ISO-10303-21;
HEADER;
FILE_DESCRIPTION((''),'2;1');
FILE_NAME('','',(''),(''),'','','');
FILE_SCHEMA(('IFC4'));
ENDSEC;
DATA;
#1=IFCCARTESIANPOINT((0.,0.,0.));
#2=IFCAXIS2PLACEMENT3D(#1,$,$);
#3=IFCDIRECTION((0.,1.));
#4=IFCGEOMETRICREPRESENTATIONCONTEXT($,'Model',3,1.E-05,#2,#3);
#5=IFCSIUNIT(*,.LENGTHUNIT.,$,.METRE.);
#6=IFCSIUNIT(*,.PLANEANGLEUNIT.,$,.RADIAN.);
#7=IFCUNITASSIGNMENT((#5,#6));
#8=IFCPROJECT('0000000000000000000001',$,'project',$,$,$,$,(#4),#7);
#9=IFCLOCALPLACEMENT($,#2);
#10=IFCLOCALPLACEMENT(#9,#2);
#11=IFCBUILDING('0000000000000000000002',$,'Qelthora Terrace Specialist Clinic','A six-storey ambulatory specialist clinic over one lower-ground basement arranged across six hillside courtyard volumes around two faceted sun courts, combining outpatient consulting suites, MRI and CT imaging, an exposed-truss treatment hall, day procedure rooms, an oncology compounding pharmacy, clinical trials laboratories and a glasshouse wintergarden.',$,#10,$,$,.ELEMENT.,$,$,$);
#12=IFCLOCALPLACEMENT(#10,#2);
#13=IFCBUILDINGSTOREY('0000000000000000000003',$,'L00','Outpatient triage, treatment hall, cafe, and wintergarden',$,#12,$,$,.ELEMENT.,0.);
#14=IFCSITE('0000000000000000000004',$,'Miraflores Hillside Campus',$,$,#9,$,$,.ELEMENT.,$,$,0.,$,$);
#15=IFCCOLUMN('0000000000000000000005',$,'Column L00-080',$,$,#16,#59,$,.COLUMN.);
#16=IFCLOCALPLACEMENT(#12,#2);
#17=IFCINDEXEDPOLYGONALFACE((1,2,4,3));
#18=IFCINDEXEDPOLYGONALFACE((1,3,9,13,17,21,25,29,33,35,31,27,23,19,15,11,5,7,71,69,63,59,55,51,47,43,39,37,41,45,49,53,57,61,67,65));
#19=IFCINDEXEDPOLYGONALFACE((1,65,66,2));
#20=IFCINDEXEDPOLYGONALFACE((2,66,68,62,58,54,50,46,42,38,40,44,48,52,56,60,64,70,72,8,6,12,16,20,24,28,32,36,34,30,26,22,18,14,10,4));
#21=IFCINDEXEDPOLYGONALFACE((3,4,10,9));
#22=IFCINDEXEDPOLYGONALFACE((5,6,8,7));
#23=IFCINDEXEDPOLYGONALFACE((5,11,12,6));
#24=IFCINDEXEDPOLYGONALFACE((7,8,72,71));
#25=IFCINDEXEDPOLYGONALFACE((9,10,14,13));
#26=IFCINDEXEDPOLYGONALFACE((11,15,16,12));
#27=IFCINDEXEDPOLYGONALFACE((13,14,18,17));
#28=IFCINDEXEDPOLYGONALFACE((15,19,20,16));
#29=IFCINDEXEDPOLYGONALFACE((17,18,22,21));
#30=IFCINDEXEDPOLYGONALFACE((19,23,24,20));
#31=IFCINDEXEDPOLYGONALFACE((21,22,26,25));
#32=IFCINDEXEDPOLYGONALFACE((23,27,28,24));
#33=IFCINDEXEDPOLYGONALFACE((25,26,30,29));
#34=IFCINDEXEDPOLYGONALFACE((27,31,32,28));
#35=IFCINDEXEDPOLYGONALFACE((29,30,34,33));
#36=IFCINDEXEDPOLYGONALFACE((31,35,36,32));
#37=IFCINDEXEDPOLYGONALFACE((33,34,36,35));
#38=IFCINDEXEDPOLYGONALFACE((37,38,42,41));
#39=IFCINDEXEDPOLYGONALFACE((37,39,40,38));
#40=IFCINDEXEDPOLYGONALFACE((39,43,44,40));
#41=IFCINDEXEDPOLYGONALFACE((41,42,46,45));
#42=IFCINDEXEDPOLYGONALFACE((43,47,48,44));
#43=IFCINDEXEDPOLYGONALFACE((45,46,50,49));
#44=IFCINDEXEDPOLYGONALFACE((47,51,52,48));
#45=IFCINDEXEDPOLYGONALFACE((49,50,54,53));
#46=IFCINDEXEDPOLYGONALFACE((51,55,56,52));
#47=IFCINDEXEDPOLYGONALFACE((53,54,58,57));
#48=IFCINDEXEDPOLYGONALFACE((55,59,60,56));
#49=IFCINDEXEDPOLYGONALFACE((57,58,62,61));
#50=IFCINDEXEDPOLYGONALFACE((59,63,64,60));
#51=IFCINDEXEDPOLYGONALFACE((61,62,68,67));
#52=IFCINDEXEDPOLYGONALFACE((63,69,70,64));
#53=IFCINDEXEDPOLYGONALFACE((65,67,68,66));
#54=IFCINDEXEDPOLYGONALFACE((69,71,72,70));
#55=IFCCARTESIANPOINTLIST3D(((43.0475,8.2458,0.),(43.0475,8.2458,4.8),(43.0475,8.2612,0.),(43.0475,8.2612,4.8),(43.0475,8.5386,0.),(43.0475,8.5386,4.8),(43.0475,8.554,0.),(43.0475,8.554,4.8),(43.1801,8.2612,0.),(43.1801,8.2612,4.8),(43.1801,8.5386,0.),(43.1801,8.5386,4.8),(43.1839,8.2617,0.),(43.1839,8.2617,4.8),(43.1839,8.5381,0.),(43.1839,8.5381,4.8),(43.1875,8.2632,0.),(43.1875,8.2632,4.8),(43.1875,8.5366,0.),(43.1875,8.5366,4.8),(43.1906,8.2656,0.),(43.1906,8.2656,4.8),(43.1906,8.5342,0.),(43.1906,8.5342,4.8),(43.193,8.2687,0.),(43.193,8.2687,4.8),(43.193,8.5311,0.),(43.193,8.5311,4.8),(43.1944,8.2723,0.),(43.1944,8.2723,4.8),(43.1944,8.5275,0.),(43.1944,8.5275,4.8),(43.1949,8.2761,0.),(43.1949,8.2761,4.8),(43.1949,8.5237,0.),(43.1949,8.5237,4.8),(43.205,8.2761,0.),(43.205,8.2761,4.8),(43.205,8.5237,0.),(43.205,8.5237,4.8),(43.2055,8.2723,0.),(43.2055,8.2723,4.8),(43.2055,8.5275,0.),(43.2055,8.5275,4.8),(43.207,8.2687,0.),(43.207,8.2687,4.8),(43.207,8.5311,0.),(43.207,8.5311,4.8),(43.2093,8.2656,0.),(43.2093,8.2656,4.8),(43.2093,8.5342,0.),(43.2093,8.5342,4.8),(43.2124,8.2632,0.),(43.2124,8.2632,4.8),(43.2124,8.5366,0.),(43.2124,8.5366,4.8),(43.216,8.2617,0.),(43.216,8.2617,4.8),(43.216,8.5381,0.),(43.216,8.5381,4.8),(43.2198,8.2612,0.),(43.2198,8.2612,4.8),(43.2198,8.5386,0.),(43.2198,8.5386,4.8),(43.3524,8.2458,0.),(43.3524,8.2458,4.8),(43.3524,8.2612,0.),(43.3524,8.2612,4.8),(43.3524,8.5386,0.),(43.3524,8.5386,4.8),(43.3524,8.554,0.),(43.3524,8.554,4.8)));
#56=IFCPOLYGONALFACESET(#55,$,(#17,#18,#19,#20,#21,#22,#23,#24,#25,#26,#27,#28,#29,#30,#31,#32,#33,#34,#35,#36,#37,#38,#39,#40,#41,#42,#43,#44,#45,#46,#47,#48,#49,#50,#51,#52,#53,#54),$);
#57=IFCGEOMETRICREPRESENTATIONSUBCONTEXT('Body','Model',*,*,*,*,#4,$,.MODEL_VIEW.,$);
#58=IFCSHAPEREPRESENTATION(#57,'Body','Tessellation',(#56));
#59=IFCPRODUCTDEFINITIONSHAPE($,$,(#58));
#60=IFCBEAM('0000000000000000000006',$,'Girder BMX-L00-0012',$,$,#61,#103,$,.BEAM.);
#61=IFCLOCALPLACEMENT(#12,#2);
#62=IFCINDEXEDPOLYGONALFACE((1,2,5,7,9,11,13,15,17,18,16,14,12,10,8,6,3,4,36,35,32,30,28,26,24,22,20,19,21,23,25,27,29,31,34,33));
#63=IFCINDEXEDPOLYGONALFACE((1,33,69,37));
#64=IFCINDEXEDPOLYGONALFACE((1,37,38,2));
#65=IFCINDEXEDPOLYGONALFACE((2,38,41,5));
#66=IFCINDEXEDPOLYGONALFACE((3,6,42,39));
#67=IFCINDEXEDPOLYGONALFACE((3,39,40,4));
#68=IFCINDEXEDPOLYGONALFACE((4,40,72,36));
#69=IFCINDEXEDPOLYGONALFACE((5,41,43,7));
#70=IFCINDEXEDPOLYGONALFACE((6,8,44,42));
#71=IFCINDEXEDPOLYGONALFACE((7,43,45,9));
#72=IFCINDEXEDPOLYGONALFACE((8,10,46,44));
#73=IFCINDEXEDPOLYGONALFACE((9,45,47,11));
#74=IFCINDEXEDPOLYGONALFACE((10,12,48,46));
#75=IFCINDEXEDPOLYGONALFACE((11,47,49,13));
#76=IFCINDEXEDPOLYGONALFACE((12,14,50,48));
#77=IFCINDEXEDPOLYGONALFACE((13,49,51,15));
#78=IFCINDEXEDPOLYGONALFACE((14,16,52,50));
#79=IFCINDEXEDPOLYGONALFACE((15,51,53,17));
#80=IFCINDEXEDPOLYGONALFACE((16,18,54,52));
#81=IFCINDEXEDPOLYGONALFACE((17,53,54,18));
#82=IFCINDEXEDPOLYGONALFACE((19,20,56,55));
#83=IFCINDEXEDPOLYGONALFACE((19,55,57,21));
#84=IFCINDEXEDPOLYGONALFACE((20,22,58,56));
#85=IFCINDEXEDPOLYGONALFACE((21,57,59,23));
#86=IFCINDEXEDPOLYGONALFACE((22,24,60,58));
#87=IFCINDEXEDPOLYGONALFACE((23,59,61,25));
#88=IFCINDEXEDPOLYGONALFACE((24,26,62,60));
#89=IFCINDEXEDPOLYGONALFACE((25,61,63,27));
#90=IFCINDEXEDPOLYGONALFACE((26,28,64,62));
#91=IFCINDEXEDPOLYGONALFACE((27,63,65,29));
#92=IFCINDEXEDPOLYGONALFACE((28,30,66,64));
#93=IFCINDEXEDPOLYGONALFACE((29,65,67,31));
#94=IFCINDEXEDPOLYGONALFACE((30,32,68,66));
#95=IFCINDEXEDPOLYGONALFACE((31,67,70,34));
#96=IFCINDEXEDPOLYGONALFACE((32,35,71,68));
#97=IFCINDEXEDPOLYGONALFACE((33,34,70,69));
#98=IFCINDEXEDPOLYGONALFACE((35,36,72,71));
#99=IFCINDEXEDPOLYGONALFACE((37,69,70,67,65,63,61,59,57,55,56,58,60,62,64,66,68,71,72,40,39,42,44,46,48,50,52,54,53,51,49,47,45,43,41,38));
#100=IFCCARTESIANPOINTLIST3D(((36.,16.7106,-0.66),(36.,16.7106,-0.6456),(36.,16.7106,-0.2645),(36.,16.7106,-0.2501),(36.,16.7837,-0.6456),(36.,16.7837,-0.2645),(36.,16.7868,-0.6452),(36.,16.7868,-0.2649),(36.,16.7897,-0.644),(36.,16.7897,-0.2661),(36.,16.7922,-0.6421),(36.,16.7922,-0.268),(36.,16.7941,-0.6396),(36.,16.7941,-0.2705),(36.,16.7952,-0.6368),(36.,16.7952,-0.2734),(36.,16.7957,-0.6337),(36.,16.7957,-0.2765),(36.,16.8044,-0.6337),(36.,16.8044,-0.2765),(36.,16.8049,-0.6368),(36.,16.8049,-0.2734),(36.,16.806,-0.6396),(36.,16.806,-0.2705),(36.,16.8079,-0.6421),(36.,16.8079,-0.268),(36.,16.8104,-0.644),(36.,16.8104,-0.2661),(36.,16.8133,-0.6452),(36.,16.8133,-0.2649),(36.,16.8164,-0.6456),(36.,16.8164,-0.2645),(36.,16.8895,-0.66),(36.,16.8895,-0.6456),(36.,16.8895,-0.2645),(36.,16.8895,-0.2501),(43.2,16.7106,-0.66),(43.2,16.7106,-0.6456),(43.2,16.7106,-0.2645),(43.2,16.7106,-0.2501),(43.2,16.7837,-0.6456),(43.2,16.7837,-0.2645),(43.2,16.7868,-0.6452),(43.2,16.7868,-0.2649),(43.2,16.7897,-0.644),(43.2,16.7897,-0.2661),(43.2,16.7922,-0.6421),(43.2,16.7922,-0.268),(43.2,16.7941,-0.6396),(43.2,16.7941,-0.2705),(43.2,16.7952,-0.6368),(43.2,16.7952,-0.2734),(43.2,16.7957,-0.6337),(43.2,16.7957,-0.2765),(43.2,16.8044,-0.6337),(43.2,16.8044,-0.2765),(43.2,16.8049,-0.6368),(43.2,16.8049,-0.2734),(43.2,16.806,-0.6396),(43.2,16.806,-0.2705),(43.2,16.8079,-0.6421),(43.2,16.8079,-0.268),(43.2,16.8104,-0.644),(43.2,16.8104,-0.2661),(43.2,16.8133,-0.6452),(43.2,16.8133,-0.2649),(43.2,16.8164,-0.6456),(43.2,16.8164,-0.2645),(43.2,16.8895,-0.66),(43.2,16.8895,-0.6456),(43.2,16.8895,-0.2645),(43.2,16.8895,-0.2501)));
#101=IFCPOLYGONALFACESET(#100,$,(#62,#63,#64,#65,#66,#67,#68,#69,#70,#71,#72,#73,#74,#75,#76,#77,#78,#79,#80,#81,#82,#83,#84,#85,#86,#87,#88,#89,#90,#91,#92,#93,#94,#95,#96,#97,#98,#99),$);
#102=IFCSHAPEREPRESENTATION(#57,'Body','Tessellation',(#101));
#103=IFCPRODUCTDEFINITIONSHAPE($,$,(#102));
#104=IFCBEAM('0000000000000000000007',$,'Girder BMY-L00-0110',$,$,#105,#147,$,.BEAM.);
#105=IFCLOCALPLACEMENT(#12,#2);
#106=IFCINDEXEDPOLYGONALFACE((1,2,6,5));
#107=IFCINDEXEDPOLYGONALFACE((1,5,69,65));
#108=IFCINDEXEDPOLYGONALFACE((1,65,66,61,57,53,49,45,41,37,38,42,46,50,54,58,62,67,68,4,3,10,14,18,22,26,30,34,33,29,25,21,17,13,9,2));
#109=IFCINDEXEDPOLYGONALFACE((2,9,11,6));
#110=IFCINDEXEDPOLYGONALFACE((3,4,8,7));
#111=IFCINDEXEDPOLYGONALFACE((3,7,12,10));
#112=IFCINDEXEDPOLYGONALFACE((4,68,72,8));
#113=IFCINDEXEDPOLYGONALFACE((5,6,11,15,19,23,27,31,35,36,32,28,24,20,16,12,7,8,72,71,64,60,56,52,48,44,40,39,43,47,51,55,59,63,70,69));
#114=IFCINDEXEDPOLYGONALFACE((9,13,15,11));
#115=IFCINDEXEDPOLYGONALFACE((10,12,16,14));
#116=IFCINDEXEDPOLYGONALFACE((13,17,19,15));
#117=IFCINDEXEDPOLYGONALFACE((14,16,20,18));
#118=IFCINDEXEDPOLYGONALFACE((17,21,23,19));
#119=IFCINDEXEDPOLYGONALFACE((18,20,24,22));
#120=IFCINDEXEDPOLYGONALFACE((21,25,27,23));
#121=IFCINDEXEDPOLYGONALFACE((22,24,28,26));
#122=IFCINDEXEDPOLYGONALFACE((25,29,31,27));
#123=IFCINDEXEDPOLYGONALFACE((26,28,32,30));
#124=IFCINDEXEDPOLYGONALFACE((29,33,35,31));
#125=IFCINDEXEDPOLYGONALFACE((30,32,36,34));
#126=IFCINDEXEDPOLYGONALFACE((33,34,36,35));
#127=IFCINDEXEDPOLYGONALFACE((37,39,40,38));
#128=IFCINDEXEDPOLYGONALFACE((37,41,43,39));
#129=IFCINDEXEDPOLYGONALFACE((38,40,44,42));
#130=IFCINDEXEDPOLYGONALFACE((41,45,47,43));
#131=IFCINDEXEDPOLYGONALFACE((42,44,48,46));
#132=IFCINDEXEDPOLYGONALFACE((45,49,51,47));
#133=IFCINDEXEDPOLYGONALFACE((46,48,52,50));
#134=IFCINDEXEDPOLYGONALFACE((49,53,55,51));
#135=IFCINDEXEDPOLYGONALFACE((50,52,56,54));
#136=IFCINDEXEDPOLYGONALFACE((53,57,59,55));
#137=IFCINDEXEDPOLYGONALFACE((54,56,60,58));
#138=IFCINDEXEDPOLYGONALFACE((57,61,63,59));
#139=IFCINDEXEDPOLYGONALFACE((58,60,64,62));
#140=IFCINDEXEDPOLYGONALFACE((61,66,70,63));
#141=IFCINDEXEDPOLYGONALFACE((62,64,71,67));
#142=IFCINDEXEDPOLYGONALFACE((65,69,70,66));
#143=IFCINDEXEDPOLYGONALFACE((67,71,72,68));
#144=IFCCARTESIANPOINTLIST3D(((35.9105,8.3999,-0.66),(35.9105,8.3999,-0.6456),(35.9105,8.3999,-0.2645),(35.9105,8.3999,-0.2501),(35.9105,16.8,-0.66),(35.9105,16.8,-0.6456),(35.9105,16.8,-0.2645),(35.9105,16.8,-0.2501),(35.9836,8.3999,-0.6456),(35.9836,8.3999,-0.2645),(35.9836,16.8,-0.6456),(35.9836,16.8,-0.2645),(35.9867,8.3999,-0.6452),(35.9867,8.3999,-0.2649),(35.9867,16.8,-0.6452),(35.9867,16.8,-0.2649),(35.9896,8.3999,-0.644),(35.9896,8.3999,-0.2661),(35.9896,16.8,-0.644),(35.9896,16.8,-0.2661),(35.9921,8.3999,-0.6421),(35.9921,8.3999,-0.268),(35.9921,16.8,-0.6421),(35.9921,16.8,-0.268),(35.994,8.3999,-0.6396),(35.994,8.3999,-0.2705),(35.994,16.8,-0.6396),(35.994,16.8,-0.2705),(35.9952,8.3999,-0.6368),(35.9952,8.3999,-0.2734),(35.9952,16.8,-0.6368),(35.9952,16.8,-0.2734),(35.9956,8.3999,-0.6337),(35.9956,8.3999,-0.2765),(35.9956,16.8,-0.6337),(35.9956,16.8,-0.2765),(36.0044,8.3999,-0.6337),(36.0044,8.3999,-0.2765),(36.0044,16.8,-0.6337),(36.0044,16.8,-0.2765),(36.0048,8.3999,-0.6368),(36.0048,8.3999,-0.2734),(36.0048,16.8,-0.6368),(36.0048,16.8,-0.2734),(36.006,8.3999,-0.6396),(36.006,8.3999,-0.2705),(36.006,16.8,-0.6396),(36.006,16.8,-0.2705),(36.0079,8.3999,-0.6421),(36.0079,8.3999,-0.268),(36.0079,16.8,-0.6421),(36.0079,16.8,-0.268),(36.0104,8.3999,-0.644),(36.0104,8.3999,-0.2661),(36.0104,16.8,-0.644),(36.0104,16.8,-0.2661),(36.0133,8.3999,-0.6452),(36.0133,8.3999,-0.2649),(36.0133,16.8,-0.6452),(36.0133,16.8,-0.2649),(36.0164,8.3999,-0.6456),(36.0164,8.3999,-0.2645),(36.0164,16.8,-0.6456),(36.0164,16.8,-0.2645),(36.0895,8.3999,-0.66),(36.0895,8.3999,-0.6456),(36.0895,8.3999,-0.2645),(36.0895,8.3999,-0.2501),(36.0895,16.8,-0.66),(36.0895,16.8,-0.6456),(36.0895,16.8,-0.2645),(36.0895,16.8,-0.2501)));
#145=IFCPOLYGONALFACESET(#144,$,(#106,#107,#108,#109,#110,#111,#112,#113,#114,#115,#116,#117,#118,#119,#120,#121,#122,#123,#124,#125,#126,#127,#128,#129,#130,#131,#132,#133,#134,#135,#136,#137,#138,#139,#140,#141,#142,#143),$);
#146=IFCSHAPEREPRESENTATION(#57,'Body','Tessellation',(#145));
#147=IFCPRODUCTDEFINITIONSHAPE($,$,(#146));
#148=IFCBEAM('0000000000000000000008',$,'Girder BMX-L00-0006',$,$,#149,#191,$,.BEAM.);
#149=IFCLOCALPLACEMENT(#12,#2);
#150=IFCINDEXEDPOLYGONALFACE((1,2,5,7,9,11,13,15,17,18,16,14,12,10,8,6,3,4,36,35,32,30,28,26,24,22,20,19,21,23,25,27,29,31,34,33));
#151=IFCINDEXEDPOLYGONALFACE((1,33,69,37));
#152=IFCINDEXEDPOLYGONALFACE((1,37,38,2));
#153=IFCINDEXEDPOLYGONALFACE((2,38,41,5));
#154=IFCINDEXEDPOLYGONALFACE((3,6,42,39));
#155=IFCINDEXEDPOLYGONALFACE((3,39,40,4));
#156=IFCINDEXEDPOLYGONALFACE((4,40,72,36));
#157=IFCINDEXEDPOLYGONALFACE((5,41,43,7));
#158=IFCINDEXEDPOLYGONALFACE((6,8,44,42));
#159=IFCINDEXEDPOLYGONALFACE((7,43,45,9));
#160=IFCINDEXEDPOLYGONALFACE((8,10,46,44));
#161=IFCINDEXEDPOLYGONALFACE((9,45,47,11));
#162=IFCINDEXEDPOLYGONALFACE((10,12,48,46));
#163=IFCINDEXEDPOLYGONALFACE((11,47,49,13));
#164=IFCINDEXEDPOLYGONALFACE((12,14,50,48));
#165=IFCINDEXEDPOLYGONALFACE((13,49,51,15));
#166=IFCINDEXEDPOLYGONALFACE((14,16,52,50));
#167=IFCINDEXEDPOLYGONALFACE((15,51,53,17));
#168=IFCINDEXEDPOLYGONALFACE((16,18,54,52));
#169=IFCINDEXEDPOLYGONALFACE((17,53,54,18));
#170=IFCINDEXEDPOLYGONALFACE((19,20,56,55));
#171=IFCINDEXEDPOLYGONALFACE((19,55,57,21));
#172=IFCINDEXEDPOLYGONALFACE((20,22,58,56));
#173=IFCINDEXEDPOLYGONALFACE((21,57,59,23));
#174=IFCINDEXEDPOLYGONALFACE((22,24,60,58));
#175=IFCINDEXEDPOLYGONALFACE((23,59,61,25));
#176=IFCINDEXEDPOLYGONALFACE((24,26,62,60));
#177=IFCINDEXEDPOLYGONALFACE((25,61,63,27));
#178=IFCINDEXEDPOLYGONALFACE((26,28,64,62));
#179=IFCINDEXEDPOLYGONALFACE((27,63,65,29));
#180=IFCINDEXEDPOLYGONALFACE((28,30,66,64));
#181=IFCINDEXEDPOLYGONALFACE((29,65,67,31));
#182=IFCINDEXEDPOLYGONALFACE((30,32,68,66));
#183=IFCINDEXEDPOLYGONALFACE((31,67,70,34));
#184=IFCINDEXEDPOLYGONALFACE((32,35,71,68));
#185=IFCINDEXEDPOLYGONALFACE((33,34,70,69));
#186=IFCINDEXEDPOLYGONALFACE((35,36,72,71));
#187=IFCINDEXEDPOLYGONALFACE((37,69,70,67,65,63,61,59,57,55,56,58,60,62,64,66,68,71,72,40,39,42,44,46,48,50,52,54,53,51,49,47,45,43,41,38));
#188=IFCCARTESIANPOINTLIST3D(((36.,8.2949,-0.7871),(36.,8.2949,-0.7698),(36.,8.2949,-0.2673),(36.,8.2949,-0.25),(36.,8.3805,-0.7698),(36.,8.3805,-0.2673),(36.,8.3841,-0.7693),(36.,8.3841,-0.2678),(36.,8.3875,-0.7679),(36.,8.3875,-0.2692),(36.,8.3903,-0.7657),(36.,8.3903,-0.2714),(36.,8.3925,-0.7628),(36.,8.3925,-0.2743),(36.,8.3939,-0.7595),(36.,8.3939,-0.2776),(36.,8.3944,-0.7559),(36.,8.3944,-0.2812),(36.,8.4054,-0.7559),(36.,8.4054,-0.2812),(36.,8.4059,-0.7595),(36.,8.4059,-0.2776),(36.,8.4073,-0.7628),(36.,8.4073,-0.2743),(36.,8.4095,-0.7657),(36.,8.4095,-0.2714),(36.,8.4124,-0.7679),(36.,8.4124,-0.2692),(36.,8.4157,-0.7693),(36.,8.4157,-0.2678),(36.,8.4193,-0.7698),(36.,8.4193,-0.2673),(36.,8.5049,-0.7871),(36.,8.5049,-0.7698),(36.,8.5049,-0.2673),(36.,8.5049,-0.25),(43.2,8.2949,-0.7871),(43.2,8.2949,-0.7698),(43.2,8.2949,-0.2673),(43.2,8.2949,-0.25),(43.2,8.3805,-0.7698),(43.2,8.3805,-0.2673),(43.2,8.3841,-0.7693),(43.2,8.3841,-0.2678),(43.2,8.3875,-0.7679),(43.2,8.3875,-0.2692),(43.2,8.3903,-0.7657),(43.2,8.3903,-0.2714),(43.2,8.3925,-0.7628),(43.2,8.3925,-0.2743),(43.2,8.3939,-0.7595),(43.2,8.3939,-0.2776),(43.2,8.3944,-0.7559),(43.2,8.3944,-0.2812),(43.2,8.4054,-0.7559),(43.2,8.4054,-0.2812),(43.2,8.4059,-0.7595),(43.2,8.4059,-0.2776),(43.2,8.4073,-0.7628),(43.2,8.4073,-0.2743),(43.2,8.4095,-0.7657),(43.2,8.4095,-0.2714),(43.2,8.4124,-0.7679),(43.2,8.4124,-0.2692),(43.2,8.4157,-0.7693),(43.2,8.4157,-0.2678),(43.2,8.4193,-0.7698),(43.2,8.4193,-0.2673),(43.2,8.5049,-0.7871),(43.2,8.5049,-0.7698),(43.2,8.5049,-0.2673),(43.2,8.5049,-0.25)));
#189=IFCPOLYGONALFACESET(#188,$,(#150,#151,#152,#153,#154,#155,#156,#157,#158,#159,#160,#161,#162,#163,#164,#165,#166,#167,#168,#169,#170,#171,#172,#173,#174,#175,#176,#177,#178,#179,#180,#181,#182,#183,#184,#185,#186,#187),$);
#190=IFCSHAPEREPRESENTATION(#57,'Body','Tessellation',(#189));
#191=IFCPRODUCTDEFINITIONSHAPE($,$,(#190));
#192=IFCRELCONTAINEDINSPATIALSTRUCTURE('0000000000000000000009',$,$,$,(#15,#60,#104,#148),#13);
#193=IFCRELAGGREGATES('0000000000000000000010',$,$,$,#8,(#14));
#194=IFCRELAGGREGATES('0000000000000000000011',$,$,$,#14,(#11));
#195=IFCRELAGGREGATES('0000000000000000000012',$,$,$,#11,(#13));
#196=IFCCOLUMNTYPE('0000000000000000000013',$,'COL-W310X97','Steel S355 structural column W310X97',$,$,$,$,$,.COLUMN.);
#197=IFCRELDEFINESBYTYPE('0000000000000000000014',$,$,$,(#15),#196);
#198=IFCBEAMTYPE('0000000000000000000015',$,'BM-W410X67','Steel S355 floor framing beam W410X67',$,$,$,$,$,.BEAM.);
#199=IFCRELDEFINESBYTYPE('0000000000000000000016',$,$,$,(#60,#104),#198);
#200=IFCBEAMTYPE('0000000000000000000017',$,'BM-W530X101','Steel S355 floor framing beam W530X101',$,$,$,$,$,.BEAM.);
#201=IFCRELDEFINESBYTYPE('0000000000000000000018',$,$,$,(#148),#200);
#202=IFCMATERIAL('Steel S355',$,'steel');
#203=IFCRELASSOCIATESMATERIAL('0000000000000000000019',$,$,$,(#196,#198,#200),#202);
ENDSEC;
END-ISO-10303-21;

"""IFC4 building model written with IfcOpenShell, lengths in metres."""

from ifc_helpers import new_model, si_unit, direction, frame, origin, origin_2d, place, context, subcontext, project, spatial, i_section, extrude, material, material_profile, profile_set, type_object, element, save


model = new_model("IFC4")

# Units and contexts
model_context = context("Model", 3, precision=1e-05, world=origin(), true_north=direction((0.0, 1.0)))
body_context = subcontext(model_context, "Body", "Model", "MODEL_VIEW")
ifc_project = project(units=[si_unit("LENGTHUNIT", "METRE"), si_unit("PLANEANGLEUNIT", "RADIAN")], contexts=[model_context])

# Site, building, storey
site_placement = place(None, origin())
site = spatial("IfcSite", under=ifc_project, at=site_placement, Name="Miraflores Hillside Campus", CompositionType="ELEMENT", RefElevation=0.0)
building_placement = place(site_placement, origin())
building = spatial("IfcBuilding", under=site, at=building_placement, Name="Qelthora Terrace Specialist Clinic", Description="A six-storey ambulatory specialist clinic over one lower-ground basement arranged across six hillside courtyard volumes around two faceted sun courts, combining outpatient consulting suites, MRI and CT imaging, an exposed-truss treatment hall, day procedure rooms, an oncology compounding pharmacy, clinical trials laboratories and a glasshouse wintergarden.", CompositionType="ELEMENT")
storey_placement = place(building_placement, origin())
storey = spatial("IfcBuildingStorey", under=building, at=storey_placement, Name="L00", Description="Outpatient triage, treatment hall, cafe, and wintergarden", CompositionType="ELEMENT", Elevation=0.0)

# Column
ifc_material_1 = material(Name="Steel S355", Category="steel")
ifc_material_profile_1 = material_profile(ifc_material_1, i_section(OverallWidth=0.3049, OverallDepth=0.3081, WebThickness=0.01, FlangeThickness=0.0154, FilletRadius=0.0149, at=origin_2d()), Name="W310X97")
ifc_profile_set_1 = profile_set([ifc_material_profile_1], Name="Steel S355")
column_type_1 = type_object("IfcColumnType", Name="COL-W310X97", Description="Steel S355 structural column W310X97", PredefinedType="COLUMN", material=ifc_profile_set_1)
column_placement = place(storey_placement, frame((43.2, 8.3999, 0.0), z_axis=(0.0, 0.0, 1.0), x_axis=(1.0, 0.0, 0.0)))
element("IfcColumn", 1, at=column_placement, inside=storey, type_object=column_type_1, Name="Column L00-080", PredefinedType="COLUMN", context=body_context, shape_type="SweptSolid", body=[
    extrude(i_section(OverallWidth=0.3049, OverallDepth=0.3081, WebThickness=0.01, FlangeThickness=0.0154, FilletRadius=0.0149, at=origin_2d()), origin(), (0.0, 0.0, 1.0), 4.8),
])

# Beams
ifc_material_profile_2 = material_profile(ifc_material_1, i_section(OverallWidth=0.179, OverallDepth=0.4099, WebThickness=0.0088, FlangeThickness=0.0144, FilletRadius=0.012, at=origin_2d()), Name="W410X67")
ifc_profile_set_2 = profile_set([ifc_material_profile_2], Name="Steel S355")
beam_type_1 = type_object("IfcBeamType", Name="BM-W410X67", Description="Steel S355 floor framing beam W410X67", PredefinedType="BEAM", material=ifc_profile_set_2)
beam_1_placement = place(storey_placement, frame((36.0, 16.8, -0.4551), z_axis=(1.0, 0.0, 0.0), x_axis=(0.0, 1.0, 0.0)))
element("IfcBeam", 2, at=beam_1_placement, inside=storey, type_object=beam_type_1, Name="Girder BMX-L00-0012", PredefinedType="BEAM", context=body_context, shape_type="SweptSolid", body=[
    extrude(i_section(OverallWidth=0.179, OverallDepth=0.4099, WebThickness=0.0088, FlangeThickness=0.0144, FilletRadius=0.012, at=origin_2d()), origin(), (0.0, 0.0, 1.0), 7.2),
])
beam_2_placement = place(storey_placement, frame((36.0, 8.3999, -0.4551), z_axis=(0.0, 1.0, 0.0), x_axis=(-1.0, 0.0, 0.0)))
element("IfcBeam", 3, at=beam_2_placement, inside=storey, type_object=beam_type_1, Name="Girder BMY-L00-0110", PredefinedType="BEAM", context=body_context, shape_type="SweptSolid", body=[
    extrude(i_section(OverallWidth=0.179, OverallDepth=0.4099, WebThickness=0.0088, FlangeThickness=0.0144, FilletRadius=0.012, at=origin_2d()), origin(), (0.0, 0.0, 1.0), 8.4001),
])
ifc_material_profile_3 = material_profile(ifc_material_1, i_section(OverallWidth=0.21, OverallDepth=0.5371, WebThickness=0.011, FlangeThickness=0.0173, FilletRadius=0.0139, at=origin_2d()), Name="W530X101")
ifc_profile_set_3 = profile_set([ifc_material_profile_3], Name="Steel S355")
beam_type_2 = type_object("IfcBeamType", Name="BM-W530X101", Description="Steel S355 floor framing beam W530X101", PredefinedType="BEAM", material=ifc_profile_set_3)
beam_3_placement = place(storey_placement, frame((36.0, 8.3999, -0.5186), z_axis=(1.0, 0.0, 0.0), x_axis=(0.0, 1.0, 0.0)))
element("IfcBeam", 4, at=beam_3_placement, inside=storey, type_object=beam_type_2, Name="Girder BMX-L00-0006", PredefinedType="BEAM", context=body_context, shape_type="SweptSolid", body=[
    extrude(i_section(OverallWidth=0.21, OverallDepth=0.5371, WebThickness=0.011, FlangeThickness=0.0173, FilletRadius=0.0139, at=origin_2d()), origin(), (0.0, 0.0, 1.0), 7.2),
])

save(model, "model.ifc")
